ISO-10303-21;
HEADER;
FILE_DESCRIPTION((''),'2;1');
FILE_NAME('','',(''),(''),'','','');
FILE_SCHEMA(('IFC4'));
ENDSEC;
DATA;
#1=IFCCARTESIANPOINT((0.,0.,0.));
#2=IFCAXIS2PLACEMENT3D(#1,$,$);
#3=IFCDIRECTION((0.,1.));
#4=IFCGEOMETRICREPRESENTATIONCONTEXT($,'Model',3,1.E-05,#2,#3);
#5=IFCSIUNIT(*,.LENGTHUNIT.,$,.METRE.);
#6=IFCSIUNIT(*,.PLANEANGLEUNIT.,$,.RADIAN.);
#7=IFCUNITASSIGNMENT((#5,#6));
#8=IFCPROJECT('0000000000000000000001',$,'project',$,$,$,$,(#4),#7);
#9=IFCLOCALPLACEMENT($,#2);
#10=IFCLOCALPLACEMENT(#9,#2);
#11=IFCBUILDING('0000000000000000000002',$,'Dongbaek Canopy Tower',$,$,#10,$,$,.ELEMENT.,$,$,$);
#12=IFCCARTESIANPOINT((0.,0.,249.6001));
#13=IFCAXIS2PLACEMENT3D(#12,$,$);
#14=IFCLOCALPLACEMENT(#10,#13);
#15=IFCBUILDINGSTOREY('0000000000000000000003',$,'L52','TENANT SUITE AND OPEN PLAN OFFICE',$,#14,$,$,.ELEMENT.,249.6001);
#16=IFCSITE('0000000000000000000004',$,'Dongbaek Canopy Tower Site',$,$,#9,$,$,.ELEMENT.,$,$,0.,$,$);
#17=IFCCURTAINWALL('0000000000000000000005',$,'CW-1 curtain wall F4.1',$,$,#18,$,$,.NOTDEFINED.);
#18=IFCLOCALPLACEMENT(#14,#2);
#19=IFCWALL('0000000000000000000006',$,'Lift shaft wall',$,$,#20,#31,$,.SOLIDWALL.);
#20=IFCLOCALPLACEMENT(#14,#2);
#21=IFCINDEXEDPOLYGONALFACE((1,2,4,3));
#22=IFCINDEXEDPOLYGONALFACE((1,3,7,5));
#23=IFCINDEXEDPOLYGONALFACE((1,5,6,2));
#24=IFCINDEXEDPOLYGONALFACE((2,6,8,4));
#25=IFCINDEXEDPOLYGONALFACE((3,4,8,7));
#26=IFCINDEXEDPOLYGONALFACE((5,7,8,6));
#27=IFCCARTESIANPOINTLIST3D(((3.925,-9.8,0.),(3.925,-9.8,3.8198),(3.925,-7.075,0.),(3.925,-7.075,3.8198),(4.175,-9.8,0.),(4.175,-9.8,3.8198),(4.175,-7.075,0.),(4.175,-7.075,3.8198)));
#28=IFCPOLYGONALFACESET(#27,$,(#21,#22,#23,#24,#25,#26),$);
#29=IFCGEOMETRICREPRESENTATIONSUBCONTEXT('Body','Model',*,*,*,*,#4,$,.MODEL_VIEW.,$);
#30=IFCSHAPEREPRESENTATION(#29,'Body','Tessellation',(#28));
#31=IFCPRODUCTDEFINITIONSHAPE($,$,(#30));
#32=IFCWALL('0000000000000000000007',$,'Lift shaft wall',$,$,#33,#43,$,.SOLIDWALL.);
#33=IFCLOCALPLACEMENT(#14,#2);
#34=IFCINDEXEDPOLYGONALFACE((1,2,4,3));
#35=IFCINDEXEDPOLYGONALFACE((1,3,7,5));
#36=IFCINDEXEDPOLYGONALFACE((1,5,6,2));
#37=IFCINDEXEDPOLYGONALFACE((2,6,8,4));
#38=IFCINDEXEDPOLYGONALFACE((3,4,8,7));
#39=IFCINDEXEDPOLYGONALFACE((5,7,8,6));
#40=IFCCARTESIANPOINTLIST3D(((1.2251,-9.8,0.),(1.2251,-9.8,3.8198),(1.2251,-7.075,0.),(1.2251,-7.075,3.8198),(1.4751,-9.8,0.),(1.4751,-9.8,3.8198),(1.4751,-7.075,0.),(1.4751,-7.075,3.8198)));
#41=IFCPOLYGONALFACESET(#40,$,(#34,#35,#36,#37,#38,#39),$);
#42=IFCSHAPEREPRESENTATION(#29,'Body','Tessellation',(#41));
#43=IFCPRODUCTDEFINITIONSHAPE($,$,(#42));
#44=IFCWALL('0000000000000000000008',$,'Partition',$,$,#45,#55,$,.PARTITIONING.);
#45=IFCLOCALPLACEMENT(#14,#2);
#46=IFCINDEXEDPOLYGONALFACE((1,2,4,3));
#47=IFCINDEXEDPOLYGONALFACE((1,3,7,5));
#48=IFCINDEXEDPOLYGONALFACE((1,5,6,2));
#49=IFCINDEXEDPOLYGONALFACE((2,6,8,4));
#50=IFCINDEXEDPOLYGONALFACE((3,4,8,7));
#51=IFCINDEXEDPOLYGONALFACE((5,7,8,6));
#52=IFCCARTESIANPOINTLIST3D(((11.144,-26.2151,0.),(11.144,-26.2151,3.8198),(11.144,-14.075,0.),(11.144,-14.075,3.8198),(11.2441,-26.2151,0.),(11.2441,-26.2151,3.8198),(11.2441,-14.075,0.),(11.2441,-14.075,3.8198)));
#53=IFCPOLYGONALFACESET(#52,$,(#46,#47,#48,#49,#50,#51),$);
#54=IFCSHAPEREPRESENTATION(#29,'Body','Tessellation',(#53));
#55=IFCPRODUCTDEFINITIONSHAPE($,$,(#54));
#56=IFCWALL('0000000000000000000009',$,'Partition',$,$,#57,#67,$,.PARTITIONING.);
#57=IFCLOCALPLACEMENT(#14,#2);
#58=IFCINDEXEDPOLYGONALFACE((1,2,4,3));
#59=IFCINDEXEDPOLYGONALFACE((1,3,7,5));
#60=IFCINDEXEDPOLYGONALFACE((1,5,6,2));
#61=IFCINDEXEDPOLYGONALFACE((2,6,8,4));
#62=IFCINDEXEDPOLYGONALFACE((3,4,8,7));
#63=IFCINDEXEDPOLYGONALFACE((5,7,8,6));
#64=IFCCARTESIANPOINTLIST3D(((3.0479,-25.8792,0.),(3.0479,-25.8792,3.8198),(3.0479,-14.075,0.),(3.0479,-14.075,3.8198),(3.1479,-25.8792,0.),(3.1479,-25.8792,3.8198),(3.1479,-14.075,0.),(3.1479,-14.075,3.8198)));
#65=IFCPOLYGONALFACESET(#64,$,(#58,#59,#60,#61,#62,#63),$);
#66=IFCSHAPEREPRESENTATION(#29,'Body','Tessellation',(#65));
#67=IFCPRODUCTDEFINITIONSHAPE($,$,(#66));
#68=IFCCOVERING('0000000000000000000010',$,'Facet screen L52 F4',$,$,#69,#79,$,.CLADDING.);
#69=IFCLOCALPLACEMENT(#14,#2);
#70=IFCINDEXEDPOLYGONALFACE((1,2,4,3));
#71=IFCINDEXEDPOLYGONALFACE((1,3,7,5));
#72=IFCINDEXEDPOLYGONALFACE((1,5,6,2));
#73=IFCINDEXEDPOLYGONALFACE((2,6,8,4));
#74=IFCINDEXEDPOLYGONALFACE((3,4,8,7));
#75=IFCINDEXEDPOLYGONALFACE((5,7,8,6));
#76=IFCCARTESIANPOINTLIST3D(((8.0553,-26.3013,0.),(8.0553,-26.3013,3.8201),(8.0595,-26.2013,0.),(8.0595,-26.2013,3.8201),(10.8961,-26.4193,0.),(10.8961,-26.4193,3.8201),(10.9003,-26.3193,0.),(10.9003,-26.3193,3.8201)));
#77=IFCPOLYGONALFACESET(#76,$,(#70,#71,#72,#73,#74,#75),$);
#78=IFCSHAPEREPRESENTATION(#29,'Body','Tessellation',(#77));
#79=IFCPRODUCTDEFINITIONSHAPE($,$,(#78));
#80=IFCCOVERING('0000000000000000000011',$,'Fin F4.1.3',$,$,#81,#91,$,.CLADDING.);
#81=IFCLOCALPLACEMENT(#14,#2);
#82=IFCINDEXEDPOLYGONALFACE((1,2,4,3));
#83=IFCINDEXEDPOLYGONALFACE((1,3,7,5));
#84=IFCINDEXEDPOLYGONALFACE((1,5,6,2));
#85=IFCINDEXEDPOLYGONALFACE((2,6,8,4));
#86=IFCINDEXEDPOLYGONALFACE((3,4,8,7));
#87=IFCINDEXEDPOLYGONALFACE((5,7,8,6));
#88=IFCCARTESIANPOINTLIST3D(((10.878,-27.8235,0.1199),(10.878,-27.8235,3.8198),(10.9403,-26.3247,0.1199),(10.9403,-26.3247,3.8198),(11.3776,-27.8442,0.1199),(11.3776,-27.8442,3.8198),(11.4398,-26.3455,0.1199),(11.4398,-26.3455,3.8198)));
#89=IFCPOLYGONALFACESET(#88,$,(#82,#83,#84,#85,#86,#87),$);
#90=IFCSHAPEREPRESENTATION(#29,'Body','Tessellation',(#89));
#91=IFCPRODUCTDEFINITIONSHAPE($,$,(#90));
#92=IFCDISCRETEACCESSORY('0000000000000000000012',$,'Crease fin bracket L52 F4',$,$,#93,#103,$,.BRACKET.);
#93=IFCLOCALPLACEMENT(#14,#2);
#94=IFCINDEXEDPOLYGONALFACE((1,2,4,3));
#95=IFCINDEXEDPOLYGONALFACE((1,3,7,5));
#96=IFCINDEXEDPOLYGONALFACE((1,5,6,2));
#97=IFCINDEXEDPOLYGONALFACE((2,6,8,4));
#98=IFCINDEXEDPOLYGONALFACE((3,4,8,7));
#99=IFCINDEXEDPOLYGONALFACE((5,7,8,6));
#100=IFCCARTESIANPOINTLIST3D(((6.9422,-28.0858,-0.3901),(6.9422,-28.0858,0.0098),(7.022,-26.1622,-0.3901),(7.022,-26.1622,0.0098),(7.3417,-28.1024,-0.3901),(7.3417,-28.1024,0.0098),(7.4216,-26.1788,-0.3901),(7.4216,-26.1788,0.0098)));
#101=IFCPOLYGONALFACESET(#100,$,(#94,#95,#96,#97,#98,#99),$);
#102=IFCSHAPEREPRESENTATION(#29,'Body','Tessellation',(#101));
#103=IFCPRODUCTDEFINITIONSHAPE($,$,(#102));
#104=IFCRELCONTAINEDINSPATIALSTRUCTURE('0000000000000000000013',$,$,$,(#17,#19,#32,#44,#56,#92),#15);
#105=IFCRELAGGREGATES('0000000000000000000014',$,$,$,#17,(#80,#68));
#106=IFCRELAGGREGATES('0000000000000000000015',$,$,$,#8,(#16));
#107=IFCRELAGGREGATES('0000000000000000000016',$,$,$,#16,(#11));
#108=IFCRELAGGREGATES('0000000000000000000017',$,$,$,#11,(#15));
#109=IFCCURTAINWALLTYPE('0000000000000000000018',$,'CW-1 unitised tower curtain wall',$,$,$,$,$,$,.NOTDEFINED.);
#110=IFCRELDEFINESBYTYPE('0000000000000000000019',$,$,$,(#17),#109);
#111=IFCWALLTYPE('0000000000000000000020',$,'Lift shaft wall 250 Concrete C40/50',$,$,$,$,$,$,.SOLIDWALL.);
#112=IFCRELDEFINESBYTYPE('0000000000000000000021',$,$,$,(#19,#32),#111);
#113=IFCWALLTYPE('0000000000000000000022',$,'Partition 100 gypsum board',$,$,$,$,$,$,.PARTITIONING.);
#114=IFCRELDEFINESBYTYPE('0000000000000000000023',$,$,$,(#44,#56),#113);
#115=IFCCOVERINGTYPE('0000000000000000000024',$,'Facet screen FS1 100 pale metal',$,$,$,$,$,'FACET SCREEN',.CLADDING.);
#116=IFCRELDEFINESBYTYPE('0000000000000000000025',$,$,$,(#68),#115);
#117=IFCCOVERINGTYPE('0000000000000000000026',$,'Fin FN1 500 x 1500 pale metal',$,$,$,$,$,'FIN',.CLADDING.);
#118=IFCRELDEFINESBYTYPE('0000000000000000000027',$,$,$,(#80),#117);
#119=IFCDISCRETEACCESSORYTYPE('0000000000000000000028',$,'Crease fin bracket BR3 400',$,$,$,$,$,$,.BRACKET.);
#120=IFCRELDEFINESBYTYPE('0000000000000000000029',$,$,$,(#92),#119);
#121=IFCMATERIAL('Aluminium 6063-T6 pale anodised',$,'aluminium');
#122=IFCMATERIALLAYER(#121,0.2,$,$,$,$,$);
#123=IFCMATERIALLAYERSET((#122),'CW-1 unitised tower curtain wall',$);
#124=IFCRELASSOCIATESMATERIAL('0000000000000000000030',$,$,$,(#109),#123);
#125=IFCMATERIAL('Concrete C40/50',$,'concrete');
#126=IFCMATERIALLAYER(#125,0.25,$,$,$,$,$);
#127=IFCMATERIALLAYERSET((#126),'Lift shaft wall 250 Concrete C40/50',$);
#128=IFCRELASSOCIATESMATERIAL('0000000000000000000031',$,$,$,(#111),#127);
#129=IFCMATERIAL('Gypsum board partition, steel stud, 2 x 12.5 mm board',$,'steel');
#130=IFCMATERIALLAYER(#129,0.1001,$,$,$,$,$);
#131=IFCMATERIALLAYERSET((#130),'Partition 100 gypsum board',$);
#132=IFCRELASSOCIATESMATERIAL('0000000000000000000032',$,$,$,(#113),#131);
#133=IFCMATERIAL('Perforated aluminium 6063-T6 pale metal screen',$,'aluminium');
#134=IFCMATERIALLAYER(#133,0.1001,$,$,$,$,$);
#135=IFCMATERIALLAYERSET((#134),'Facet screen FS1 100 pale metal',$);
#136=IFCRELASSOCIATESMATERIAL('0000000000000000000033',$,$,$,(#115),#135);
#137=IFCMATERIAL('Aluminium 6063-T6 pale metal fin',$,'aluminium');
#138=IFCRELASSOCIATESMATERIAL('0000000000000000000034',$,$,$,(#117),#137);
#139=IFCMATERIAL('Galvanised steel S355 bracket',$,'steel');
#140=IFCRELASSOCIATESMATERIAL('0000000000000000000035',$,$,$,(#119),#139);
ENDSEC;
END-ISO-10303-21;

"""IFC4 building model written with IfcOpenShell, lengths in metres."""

from ifc_helpers import new_model, si_unit, direction, frame, frame_2d, origin, origin_2d, place, context, subcontext, project, spatial, rectangle, extrude, material, layer, layer_set, material_profile, profile_set, type_object, element, aggregate, save


model = new_model("IFC4")

# Units and contexts
model_context = context("Model", 3, precision=1e-05, world=origin(), true_north=direction((0.0, 1.0)))
body_context = subcontext(model_context, "Body", "Model", "MODEL_VIEW")
ifc_project = project(units=[si_unit("LENGTHUNIT", "METRE"), si_unit("PLANEANGLEUNIT", "RADIAN")], contexts=[model_context])

# Site, building, storey
site_placement = place(None, origin())
site = spatial("IfcSite", under=ifc_project, at=site_placement, Name="Dongbaek Canopy Tower Site", CompositionType="ELEMENT", RefElevation=0.0)
building_placement = place(site_placement, origin())
building = spatial("IfcBuilding", under=site, at=building_placement, Name="Dongbaek Canopy Tower", CompositionType="ELEMENT")
storey_placement = place(building_placement, frame((0.0, 0.0, 249.6001)))
storey = spatial("IfcBuildingStorey", under=building, at=storey_placement, Name="L52", Description="TENANT SUITE AND OPEN PLAN OFFICE", CompositionType="ELEMENT", Elevation=249.6001)

# Curtain wall
ifc_material_1 = material(Name="Aluminium 6063-T6 pale anodised", Category="aluminium")
ifc_layer_1 = layer(ifc_material_1, 0.2)
ifc_layer_set_1 = layer_set([ifc_layer_1], Name="CW-1 unitised tower curtain wall")
curtain_wall_type = type_object("IfcCurtainWallType", Name="CW-1 unitised tower curtain wall", PredefinedType="NOTDEFINED", material=ifc_layer_set_1)
curtain_wall_1_placement = place(storey_placement, origin())
curtain_wall_1 = element("IfcCurtainWall", 1, at=curtain_wall_1_placement, inside=storey, type_object=curtain_wall_type, Name="CW-1 curtain wall F4.1", PredefinedType="NOTDEFINED")

# Walls
ifc_material_2 = material(Name="Concrete C40/50", Category="concrete")
ifc_layer_2 = layer(ifc_material_2, 0.25)
ifc_layer_set_2 = layer_set([ifc_layer_2], Name="Lift shaft wall 250 Concrete C40/50")
wall_type_1 = type_object("IfcWallType", Name="Lift shaft wall 250 Concrete C40/50", PredefinedType="SOLIDWALL", material=ifc_layer_set_2)
for number, where, z_axis, x_axis, name in (
    (2, (4.05, -9.8, 0.0), (0.0, 0.0, 1.0), (0.0, 1.0, 0.0), "Lift shaft wall"),
    (3, (1.3501, -9.8, 0.0), (0.0, 0.0, 1.0), (0.0, 1.0, 0.0), "Lift shaft wall"),
):
    element("IfcWall", number, at=place(storey_placement, frame(where, z_axis=z_axis, x_axis=x_axis)), inside=storey, type_object=wall_type_1, Name=name, PredefinedType="SOLIDWALL", context=body_context, shape_type="SweptSolid", body=[
        extrude(rectangle(XDim=2.7251, YDim=0.25, at=frame_2d((1.3625, 0.0))), origin(), (0.0, 0.0, 1.0), 3.8198),
    ])
ifc_material_3 = material(Name="Gypsum board partition, steel stud, 2 x 12.5 mm board", Category="steel")
ifc_layer_3 = layer(ifc_material_3, 0.1001)
ifc_layer_set_3 = layer_set([ifc_layer_3], Name="Partition 100 gypsum board")
wall_type_2 = type_object("IfcWallType", Name="Partition 100 gypsum board", PredefinedType="PARTITIONING", material=ifc_layer_set_3)
wall_1_placement = place(storey_placement, frame((11.1941, -26.2151, 0.0), z_axis=(0.0, 0.0, 1.0), x_axis=(0.0, 1.0, 0.0)))
element("IfcWall", 4, at=wall_1_placement, inside=storey, type_object=wall_type_2, Name="Partition", PredefinedType="PARTITIONING", context=body_context, shape_type="SweptSolid", body=[
    extrude(rectangle(XDim=12.1401, YDim=0.1001, at=frame_2d((6.0701, 0.0))), origin(), (0.0, 0.0, 1.0), 3.8198),
])
wall_2_placement = place(storey_placement, frame((3.0979, -25.8792, 0.0), z_axis=(0.0, 0.0, 1.0), x_axis=(0.0, 1.0, 0.0)))
element("IfcWall", 5, at=wall_2_placement, inside=storey, type_object=wall_type_2, Name="Partition", PredefinedType="PARTITIONING", context=body_context, shape_type="SweptSolid", body=[
    extrude(rectangle(XDim=11.8042, YDim=0.1001, at=frame_2d((5.9021, 0.0))), origin(), (0.0, 0.0, 1.0), 3.8198),
])

# Coverings
ifc_material_4 = material(Name="Perforated aluminium 6063-T6 pale metal screen", Category="aluminium")
ifc_layer_4 = layer(ifc_material_4, 0.1001)
ifc_layer_set_4 = layer_set([ifc_layer_4], Name="Facet screen FS1 100 pale metal")
covering_type_1 = type_object("IfcCoveringType", Name="Facet screen FS1 100 pale metal", ElementType="FACET SCREEN", PredefinedType="CLADDING", material=ifc_layer_set_4)
covering_1_placement = place(storey_placement, frame((9.4778, -26.3103, 0.0), z_axis=(0.0, 0.0, 1.0), x_axis=(0.999139, -0.041482, 0.0)))
covering_1 = element("IfcCovering", 6, at=covering_1_placement, type_object=covering_type_1, Name="Facet screen L52 F4", PredefinedType="CLADDING", context=body_context, shape_type="SweptSolid", body=[
    extrude(rectangle(XDim=2.8433, YDim=0.1001, at=origin_2d()), origin(), (0.0, 0.0, 1.0), 3.8201),
])
ifc_material_5 = material(Name="Aluminium 6063-T6 pale metal fin", Category="aluminium")
ifc_material_profile_1 = material_profile(ifc_material_5, rectangle(XDim=1.5, YDim=0.5, at=origin_2d()), Name="Fin FN1 500 x 1500 pale metal")
ifc_profile_set_1 = profile_set([ifc_material_profile_1], Name="Aluminium 6063-T6 pale metal fin")
covering_type_2 = type_object("IfcCoveringType", Name="Fin FN1 500 x 1500 pale metal", ElementType="FIN", PredefinedType="CLADDING", material=ifc_profile_set_1)
covering_2_placement = place(storey_placement, frame((11.1589, -27.0845, 0.1199), z_axis=(0.0, 0.0, 1.0), x_axis=(-0.041481, -0.999139, 0.0)))
covering_2 = element("IfcCovering", 7, at=covering_2_placement, type_object=covering_type_2, Name="Fin F4.1.3", PredefinedType="CLADDING", context=body_context, shape_type="SweptSolid", body=[
    extrude(rectangle(XDim=1.5, YDim=0.5, at=origin_2d()), origin(), (0.0, 0.0, 1.0), 3.7),
])
aggregate(curtain_wall_1, [covering_2, covering_1])

# Discrete accessory
ifc_material_6 = material(Name="Galvanised steel S355 bracket", Category="steel")
discrete_accessory_type = type_object("IfcDiscreteAccessoryType", Name="Crease fin bracket BR3 400", PredefinedType="BRACKET", material=ifc_material_6)
discrete_accessory_placement = place(storey_placement, frame((7.1819, -27.1323, -0.3901), z_axis=(0.0, 0.0, 1.0), x_axis=(-0.041482, -0.999139, 0.0)))
element("IfcDiscreteAccessory", 8, at=discrete_accessory_placement, inside=storey, type_object=discrete_accessory_type, Name="Crease fin bracket L52 F4", PredefinedType="BRACKET", context=body_context, shape_type="SweptSolid", body=[
    extrude(rectangle(XDim=1.9253, YDim=0.3999, at=origin_2d()), origin(), (0.0, 0.0, 1.0), 0.3999),
])

save(model, "model.ifc")
